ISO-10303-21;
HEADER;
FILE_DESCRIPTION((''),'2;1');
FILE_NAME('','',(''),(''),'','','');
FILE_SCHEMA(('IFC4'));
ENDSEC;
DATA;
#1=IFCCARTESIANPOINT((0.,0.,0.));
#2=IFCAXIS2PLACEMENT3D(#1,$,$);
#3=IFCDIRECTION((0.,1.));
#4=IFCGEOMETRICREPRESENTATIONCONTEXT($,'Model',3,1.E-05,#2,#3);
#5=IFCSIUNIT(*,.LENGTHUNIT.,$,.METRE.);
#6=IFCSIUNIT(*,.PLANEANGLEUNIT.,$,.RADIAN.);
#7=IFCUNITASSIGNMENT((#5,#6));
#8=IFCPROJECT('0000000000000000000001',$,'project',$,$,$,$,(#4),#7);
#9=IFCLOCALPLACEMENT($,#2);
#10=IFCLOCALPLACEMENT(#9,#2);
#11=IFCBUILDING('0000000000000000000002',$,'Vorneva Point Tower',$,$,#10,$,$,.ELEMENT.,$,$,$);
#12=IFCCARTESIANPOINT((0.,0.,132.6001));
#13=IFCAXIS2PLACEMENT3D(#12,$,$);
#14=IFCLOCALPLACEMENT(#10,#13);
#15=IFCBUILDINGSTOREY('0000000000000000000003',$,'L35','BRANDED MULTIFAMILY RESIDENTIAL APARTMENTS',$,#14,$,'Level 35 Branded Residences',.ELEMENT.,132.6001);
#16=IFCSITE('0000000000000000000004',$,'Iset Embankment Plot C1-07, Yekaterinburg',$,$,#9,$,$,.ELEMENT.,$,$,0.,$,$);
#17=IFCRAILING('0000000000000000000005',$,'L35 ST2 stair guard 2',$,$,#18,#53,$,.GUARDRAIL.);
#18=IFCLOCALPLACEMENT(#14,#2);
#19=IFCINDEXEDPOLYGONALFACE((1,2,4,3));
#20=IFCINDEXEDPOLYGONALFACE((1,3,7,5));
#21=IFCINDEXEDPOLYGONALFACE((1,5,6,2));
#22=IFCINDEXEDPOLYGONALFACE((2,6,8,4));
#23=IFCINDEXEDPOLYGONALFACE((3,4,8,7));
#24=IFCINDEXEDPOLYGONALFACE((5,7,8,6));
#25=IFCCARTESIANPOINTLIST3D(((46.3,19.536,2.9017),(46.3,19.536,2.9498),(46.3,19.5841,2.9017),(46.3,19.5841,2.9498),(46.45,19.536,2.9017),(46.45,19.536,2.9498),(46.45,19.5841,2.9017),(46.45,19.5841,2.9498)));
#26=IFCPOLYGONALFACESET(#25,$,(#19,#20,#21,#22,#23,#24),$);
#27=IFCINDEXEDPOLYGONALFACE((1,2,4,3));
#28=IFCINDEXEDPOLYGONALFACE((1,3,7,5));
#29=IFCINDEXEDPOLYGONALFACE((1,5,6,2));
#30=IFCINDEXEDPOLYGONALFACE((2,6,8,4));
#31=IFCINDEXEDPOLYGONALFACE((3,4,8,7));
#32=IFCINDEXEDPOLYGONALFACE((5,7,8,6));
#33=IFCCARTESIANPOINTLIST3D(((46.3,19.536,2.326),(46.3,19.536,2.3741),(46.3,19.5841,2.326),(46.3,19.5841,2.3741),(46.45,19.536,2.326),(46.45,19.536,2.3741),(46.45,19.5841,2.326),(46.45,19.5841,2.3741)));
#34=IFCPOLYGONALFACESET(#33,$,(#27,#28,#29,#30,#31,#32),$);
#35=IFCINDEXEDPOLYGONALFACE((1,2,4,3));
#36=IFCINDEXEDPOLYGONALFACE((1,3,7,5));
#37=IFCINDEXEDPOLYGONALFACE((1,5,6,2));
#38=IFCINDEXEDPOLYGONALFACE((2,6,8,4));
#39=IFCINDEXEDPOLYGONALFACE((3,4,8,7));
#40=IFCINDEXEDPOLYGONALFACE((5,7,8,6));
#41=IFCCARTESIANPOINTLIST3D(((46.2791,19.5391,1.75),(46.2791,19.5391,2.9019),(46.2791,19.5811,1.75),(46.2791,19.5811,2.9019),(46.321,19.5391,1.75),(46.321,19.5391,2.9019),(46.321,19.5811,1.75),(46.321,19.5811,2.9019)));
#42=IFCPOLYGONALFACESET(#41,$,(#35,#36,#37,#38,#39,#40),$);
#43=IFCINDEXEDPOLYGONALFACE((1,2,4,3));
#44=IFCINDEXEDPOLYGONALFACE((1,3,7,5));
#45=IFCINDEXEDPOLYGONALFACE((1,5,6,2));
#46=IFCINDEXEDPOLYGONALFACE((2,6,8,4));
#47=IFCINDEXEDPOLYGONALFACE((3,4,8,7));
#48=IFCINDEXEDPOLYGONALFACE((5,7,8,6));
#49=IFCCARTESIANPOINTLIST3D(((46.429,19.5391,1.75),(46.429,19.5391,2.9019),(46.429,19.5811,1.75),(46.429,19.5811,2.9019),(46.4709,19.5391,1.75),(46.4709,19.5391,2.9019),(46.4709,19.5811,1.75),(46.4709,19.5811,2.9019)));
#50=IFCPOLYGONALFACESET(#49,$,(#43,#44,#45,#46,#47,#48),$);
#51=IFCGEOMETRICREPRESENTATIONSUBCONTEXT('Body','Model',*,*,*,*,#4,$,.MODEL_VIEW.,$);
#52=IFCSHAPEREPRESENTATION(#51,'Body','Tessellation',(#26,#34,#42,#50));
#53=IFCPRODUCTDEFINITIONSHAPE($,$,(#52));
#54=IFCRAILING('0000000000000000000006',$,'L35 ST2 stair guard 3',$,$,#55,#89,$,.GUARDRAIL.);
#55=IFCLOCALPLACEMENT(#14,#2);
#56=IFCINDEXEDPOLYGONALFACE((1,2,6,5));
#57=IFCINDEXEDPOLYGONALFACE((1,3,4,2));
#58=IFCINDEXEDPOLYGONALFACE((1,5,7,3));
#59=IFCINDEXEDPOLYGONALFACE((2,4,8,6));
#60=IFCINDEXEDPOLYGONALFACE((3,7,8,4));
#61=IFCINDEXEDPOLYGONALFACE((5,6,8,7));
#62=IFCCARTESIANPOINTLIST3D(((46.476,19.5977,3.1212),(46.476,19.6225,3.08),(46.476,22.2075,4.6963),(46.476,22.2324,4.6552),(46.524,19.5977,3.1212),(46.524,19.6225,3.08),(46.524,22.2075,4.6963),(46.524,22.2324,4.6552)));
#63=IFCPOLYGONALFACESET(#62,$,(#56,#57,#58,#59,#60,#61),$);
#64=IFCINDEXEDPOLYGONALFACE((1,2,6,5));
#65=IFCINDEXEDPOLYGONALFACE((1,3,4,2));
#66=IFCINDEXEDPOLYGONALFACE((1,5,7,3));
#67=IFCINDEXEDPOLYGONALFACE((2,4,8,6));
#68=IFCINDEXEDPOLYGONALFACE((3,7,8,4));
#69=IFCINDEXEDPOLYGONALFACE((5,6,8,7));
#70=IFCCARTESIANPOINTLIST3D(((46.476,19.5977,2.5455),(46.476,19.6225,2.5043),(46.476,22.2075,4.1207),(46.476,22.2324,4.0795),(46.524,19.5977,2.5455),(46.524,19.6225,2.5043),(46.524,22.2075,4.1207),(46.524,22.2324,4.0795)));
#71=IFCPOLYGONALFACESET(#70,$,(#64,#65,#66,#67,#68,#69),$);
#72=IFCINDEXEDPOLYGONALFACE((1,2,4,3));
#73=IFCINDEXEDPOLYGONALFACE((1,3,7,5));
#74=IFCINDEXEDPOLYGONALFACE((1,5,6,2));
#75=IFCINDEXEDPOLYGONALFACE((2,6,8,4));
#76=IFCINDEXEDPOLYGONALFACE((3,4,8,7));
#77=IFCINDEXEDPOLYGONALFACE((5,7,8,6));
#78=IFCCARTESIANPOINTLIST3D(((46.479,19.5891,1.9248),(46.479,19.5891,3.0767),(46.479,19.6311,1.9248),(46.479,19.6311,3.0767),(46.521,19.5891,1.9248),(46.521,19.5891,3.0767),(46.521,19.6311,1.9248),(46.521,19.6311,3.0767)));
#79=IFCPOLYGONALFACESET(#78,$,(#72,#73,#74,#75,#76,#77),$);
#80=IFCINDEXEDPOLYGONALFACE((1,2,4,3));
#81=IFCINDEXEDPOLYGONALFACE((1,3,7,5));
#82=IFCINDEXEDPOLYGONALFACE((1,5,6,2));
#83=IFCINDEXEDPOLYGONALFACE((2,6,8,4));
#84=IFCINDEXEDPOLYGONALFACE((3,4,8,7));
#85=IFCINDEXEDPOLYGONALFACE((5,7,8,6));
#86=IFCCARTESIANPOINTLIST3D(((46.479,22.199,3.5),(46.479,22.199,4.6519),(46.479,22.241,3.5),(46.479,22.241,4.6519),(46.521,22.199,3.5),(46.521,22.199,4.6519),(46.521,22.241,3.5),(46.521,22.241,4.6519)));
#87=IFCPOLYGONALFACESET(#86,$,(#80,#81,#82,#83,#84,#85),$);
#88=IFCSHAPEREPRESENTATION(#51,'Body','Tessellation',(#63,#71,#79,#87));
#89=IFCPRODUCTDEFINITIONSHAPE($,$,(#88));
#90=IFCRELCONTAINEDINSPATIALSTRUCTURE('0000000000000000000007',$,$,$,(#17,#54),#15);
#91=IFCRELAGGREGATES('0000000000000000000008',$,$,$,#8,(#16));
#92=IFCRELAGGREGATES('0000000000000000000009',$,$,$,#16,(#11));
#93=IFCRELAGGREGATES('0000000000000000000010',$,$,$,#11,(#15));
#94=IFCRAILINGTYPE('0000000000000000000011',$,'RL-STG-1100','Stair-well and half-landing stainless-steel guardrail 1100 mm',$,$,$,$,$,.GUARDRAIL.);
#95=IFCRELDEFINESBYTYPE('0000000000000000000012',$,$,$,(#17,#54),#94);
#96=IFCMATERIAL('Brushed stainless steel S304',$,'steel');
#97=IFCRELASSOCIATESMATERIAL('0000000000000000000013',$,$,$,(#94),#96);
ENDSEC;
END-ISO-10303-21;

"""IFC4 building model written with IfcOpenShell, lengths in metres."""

from ifc_helpers import new_model, si_unit, direction, frame, origin, origin_2d, place, context, subcontext, project, spatial, rectangle, extrude, material, type_object, element, save


model = new_model("IFC4")

# Units and contexts
model_context = context("Model", 3, precision=1e-05, world=origin(), true_north=direction((0.0, 1.0)))
body_context = subcontext(model_context, "Body", "Model", "MODEL_VIEW")
ifc_project = project(units=[si_unit("LENGTHUNIT", "METRE"), si_unit("PLANEANGLEUNIT", "RADIAN")], contexts=[model_context])

# Site, building, storey
site_placement = place(None, origin())
site = spatial("IfcSite", under=ifc_project, at=site_placement, Name="Iset Embankment Plot C1-07, Yekaterinburg", CompositionType="ELEMENT", RefElevation=0.0)
building_placement = place(site_placement, origin())
building = spatial("IfcBuilding", under=site, at=building_placement, Name="Vorneva Point Tower", CompositionType="ELEMENT")
storey_placement = place(building_placement, frame((0.0, 0.0, 132.6001)))
storey = spatial("IfcBuildingStorey", under=building, at=storey_placement, Name="L35", Description="BRANDED MULTIFAMILY RESIDENTIAL APARTMENTS", LongName="Level 35 Branded Residences", CompositionType="ELEMENT", Elevation=132.6001)

# Railings
ifc_material_1 = material(Name="Brushed stainless steel S304", Category="steel")
railing_type = type_object("IfcRailingType", Name="RL-STG-1100", Description="Stair-well and half-landing stainless-steel guardrail 1100 mm", PredefinedType="GUARDRAIL", material=ifc_material_1)
railing_1_placement = place(storey_placement, frame((46.3, 19.5601, 1.75)))
element("IfcRailing", 1, at=railing_1_placement, inside=storey, type_object=railing_type, Name="L35 ST2 stair guard 2", PredefinedType="GUARDRAIL", context=body_context, shape_type="SweptSolid", body=[
    extrude(rectangle(XDim=0.0481, YDim=0.0481, at=origin_2d()), frame((0.0, 0.0, 1.1758), z_axis=(1.0, 0.0, 0.0), x_axis=(0.0, 1.0, 0.0)), (0.0, 0.0, 1.0), 0.1499),
    extrude(rectangle(XDim=0.0481, YDim=0.0481, at=origin_2d()), frame((0.0, 0.0, 0.6001), z_axis=(1.0, 0.0, 0.0), x_axis=(0.0, 1.0, 0.0)), (0.0, 0.0, 1.0), 0.1499),
    extrude(rectangle(XDim=0.042, YDim=0.042, at=origin_2d()), origin(), (0.0, 0.0, 1.0), 1.1519),
    extrude(rectangle(XDim=0.042, YDim=0.042, at=origin_2d()), frame((0.1499, 0.0, 0.0)), (0.0, 0.0, 1.0), 1.1519),
])
railing_2_placement = place(storey_placement, frame((46.5, 19.6101, 1.9248)))
element("IfcRailing", 2, at=railing_2_placement, inside=storey, type_object=railing_type, Name="L35 ST2 stair guard 3", PredefinedType="GUARDRAIL", context=body_context, shape_type="SweptSolid", body=[
    extrude(rectangle(XDim=0.0481, YDim=0.0481, at=origin_2d()), frame((0.0, 0.0, 1.1758), z_axis=(0.0, 0.856147, 0.516732), x_axis=(-1.0, 0.0, 0.0)), (0.0, 0.0, 1.0), 3.0483),
    extrude(rectangle(XDim=0.0481, YDim=0.0481, at=origin_2d()), frame((0.0, 0.0, 0.6001), z_axis=(0.0, 0.856147, 0.516732), x_axis=(-1.0, 0.0, 0.0)), (0.0, 0.0, 1.0), 3.0483),
    extrude(rectangle(XDim=0.042, YDim=0.042, at=origin_2d()), origin(), (0.0, 0.0, 1.0), 1.1519),
    extrude(rectangle(XDim=0.042, YDim=0.042, at=origin_2d()), frame((0.0, 2.6099, 1.5752)), (0.0, 0.0, 1.0), 1.1519),
])

save(model, "model.ifc")
